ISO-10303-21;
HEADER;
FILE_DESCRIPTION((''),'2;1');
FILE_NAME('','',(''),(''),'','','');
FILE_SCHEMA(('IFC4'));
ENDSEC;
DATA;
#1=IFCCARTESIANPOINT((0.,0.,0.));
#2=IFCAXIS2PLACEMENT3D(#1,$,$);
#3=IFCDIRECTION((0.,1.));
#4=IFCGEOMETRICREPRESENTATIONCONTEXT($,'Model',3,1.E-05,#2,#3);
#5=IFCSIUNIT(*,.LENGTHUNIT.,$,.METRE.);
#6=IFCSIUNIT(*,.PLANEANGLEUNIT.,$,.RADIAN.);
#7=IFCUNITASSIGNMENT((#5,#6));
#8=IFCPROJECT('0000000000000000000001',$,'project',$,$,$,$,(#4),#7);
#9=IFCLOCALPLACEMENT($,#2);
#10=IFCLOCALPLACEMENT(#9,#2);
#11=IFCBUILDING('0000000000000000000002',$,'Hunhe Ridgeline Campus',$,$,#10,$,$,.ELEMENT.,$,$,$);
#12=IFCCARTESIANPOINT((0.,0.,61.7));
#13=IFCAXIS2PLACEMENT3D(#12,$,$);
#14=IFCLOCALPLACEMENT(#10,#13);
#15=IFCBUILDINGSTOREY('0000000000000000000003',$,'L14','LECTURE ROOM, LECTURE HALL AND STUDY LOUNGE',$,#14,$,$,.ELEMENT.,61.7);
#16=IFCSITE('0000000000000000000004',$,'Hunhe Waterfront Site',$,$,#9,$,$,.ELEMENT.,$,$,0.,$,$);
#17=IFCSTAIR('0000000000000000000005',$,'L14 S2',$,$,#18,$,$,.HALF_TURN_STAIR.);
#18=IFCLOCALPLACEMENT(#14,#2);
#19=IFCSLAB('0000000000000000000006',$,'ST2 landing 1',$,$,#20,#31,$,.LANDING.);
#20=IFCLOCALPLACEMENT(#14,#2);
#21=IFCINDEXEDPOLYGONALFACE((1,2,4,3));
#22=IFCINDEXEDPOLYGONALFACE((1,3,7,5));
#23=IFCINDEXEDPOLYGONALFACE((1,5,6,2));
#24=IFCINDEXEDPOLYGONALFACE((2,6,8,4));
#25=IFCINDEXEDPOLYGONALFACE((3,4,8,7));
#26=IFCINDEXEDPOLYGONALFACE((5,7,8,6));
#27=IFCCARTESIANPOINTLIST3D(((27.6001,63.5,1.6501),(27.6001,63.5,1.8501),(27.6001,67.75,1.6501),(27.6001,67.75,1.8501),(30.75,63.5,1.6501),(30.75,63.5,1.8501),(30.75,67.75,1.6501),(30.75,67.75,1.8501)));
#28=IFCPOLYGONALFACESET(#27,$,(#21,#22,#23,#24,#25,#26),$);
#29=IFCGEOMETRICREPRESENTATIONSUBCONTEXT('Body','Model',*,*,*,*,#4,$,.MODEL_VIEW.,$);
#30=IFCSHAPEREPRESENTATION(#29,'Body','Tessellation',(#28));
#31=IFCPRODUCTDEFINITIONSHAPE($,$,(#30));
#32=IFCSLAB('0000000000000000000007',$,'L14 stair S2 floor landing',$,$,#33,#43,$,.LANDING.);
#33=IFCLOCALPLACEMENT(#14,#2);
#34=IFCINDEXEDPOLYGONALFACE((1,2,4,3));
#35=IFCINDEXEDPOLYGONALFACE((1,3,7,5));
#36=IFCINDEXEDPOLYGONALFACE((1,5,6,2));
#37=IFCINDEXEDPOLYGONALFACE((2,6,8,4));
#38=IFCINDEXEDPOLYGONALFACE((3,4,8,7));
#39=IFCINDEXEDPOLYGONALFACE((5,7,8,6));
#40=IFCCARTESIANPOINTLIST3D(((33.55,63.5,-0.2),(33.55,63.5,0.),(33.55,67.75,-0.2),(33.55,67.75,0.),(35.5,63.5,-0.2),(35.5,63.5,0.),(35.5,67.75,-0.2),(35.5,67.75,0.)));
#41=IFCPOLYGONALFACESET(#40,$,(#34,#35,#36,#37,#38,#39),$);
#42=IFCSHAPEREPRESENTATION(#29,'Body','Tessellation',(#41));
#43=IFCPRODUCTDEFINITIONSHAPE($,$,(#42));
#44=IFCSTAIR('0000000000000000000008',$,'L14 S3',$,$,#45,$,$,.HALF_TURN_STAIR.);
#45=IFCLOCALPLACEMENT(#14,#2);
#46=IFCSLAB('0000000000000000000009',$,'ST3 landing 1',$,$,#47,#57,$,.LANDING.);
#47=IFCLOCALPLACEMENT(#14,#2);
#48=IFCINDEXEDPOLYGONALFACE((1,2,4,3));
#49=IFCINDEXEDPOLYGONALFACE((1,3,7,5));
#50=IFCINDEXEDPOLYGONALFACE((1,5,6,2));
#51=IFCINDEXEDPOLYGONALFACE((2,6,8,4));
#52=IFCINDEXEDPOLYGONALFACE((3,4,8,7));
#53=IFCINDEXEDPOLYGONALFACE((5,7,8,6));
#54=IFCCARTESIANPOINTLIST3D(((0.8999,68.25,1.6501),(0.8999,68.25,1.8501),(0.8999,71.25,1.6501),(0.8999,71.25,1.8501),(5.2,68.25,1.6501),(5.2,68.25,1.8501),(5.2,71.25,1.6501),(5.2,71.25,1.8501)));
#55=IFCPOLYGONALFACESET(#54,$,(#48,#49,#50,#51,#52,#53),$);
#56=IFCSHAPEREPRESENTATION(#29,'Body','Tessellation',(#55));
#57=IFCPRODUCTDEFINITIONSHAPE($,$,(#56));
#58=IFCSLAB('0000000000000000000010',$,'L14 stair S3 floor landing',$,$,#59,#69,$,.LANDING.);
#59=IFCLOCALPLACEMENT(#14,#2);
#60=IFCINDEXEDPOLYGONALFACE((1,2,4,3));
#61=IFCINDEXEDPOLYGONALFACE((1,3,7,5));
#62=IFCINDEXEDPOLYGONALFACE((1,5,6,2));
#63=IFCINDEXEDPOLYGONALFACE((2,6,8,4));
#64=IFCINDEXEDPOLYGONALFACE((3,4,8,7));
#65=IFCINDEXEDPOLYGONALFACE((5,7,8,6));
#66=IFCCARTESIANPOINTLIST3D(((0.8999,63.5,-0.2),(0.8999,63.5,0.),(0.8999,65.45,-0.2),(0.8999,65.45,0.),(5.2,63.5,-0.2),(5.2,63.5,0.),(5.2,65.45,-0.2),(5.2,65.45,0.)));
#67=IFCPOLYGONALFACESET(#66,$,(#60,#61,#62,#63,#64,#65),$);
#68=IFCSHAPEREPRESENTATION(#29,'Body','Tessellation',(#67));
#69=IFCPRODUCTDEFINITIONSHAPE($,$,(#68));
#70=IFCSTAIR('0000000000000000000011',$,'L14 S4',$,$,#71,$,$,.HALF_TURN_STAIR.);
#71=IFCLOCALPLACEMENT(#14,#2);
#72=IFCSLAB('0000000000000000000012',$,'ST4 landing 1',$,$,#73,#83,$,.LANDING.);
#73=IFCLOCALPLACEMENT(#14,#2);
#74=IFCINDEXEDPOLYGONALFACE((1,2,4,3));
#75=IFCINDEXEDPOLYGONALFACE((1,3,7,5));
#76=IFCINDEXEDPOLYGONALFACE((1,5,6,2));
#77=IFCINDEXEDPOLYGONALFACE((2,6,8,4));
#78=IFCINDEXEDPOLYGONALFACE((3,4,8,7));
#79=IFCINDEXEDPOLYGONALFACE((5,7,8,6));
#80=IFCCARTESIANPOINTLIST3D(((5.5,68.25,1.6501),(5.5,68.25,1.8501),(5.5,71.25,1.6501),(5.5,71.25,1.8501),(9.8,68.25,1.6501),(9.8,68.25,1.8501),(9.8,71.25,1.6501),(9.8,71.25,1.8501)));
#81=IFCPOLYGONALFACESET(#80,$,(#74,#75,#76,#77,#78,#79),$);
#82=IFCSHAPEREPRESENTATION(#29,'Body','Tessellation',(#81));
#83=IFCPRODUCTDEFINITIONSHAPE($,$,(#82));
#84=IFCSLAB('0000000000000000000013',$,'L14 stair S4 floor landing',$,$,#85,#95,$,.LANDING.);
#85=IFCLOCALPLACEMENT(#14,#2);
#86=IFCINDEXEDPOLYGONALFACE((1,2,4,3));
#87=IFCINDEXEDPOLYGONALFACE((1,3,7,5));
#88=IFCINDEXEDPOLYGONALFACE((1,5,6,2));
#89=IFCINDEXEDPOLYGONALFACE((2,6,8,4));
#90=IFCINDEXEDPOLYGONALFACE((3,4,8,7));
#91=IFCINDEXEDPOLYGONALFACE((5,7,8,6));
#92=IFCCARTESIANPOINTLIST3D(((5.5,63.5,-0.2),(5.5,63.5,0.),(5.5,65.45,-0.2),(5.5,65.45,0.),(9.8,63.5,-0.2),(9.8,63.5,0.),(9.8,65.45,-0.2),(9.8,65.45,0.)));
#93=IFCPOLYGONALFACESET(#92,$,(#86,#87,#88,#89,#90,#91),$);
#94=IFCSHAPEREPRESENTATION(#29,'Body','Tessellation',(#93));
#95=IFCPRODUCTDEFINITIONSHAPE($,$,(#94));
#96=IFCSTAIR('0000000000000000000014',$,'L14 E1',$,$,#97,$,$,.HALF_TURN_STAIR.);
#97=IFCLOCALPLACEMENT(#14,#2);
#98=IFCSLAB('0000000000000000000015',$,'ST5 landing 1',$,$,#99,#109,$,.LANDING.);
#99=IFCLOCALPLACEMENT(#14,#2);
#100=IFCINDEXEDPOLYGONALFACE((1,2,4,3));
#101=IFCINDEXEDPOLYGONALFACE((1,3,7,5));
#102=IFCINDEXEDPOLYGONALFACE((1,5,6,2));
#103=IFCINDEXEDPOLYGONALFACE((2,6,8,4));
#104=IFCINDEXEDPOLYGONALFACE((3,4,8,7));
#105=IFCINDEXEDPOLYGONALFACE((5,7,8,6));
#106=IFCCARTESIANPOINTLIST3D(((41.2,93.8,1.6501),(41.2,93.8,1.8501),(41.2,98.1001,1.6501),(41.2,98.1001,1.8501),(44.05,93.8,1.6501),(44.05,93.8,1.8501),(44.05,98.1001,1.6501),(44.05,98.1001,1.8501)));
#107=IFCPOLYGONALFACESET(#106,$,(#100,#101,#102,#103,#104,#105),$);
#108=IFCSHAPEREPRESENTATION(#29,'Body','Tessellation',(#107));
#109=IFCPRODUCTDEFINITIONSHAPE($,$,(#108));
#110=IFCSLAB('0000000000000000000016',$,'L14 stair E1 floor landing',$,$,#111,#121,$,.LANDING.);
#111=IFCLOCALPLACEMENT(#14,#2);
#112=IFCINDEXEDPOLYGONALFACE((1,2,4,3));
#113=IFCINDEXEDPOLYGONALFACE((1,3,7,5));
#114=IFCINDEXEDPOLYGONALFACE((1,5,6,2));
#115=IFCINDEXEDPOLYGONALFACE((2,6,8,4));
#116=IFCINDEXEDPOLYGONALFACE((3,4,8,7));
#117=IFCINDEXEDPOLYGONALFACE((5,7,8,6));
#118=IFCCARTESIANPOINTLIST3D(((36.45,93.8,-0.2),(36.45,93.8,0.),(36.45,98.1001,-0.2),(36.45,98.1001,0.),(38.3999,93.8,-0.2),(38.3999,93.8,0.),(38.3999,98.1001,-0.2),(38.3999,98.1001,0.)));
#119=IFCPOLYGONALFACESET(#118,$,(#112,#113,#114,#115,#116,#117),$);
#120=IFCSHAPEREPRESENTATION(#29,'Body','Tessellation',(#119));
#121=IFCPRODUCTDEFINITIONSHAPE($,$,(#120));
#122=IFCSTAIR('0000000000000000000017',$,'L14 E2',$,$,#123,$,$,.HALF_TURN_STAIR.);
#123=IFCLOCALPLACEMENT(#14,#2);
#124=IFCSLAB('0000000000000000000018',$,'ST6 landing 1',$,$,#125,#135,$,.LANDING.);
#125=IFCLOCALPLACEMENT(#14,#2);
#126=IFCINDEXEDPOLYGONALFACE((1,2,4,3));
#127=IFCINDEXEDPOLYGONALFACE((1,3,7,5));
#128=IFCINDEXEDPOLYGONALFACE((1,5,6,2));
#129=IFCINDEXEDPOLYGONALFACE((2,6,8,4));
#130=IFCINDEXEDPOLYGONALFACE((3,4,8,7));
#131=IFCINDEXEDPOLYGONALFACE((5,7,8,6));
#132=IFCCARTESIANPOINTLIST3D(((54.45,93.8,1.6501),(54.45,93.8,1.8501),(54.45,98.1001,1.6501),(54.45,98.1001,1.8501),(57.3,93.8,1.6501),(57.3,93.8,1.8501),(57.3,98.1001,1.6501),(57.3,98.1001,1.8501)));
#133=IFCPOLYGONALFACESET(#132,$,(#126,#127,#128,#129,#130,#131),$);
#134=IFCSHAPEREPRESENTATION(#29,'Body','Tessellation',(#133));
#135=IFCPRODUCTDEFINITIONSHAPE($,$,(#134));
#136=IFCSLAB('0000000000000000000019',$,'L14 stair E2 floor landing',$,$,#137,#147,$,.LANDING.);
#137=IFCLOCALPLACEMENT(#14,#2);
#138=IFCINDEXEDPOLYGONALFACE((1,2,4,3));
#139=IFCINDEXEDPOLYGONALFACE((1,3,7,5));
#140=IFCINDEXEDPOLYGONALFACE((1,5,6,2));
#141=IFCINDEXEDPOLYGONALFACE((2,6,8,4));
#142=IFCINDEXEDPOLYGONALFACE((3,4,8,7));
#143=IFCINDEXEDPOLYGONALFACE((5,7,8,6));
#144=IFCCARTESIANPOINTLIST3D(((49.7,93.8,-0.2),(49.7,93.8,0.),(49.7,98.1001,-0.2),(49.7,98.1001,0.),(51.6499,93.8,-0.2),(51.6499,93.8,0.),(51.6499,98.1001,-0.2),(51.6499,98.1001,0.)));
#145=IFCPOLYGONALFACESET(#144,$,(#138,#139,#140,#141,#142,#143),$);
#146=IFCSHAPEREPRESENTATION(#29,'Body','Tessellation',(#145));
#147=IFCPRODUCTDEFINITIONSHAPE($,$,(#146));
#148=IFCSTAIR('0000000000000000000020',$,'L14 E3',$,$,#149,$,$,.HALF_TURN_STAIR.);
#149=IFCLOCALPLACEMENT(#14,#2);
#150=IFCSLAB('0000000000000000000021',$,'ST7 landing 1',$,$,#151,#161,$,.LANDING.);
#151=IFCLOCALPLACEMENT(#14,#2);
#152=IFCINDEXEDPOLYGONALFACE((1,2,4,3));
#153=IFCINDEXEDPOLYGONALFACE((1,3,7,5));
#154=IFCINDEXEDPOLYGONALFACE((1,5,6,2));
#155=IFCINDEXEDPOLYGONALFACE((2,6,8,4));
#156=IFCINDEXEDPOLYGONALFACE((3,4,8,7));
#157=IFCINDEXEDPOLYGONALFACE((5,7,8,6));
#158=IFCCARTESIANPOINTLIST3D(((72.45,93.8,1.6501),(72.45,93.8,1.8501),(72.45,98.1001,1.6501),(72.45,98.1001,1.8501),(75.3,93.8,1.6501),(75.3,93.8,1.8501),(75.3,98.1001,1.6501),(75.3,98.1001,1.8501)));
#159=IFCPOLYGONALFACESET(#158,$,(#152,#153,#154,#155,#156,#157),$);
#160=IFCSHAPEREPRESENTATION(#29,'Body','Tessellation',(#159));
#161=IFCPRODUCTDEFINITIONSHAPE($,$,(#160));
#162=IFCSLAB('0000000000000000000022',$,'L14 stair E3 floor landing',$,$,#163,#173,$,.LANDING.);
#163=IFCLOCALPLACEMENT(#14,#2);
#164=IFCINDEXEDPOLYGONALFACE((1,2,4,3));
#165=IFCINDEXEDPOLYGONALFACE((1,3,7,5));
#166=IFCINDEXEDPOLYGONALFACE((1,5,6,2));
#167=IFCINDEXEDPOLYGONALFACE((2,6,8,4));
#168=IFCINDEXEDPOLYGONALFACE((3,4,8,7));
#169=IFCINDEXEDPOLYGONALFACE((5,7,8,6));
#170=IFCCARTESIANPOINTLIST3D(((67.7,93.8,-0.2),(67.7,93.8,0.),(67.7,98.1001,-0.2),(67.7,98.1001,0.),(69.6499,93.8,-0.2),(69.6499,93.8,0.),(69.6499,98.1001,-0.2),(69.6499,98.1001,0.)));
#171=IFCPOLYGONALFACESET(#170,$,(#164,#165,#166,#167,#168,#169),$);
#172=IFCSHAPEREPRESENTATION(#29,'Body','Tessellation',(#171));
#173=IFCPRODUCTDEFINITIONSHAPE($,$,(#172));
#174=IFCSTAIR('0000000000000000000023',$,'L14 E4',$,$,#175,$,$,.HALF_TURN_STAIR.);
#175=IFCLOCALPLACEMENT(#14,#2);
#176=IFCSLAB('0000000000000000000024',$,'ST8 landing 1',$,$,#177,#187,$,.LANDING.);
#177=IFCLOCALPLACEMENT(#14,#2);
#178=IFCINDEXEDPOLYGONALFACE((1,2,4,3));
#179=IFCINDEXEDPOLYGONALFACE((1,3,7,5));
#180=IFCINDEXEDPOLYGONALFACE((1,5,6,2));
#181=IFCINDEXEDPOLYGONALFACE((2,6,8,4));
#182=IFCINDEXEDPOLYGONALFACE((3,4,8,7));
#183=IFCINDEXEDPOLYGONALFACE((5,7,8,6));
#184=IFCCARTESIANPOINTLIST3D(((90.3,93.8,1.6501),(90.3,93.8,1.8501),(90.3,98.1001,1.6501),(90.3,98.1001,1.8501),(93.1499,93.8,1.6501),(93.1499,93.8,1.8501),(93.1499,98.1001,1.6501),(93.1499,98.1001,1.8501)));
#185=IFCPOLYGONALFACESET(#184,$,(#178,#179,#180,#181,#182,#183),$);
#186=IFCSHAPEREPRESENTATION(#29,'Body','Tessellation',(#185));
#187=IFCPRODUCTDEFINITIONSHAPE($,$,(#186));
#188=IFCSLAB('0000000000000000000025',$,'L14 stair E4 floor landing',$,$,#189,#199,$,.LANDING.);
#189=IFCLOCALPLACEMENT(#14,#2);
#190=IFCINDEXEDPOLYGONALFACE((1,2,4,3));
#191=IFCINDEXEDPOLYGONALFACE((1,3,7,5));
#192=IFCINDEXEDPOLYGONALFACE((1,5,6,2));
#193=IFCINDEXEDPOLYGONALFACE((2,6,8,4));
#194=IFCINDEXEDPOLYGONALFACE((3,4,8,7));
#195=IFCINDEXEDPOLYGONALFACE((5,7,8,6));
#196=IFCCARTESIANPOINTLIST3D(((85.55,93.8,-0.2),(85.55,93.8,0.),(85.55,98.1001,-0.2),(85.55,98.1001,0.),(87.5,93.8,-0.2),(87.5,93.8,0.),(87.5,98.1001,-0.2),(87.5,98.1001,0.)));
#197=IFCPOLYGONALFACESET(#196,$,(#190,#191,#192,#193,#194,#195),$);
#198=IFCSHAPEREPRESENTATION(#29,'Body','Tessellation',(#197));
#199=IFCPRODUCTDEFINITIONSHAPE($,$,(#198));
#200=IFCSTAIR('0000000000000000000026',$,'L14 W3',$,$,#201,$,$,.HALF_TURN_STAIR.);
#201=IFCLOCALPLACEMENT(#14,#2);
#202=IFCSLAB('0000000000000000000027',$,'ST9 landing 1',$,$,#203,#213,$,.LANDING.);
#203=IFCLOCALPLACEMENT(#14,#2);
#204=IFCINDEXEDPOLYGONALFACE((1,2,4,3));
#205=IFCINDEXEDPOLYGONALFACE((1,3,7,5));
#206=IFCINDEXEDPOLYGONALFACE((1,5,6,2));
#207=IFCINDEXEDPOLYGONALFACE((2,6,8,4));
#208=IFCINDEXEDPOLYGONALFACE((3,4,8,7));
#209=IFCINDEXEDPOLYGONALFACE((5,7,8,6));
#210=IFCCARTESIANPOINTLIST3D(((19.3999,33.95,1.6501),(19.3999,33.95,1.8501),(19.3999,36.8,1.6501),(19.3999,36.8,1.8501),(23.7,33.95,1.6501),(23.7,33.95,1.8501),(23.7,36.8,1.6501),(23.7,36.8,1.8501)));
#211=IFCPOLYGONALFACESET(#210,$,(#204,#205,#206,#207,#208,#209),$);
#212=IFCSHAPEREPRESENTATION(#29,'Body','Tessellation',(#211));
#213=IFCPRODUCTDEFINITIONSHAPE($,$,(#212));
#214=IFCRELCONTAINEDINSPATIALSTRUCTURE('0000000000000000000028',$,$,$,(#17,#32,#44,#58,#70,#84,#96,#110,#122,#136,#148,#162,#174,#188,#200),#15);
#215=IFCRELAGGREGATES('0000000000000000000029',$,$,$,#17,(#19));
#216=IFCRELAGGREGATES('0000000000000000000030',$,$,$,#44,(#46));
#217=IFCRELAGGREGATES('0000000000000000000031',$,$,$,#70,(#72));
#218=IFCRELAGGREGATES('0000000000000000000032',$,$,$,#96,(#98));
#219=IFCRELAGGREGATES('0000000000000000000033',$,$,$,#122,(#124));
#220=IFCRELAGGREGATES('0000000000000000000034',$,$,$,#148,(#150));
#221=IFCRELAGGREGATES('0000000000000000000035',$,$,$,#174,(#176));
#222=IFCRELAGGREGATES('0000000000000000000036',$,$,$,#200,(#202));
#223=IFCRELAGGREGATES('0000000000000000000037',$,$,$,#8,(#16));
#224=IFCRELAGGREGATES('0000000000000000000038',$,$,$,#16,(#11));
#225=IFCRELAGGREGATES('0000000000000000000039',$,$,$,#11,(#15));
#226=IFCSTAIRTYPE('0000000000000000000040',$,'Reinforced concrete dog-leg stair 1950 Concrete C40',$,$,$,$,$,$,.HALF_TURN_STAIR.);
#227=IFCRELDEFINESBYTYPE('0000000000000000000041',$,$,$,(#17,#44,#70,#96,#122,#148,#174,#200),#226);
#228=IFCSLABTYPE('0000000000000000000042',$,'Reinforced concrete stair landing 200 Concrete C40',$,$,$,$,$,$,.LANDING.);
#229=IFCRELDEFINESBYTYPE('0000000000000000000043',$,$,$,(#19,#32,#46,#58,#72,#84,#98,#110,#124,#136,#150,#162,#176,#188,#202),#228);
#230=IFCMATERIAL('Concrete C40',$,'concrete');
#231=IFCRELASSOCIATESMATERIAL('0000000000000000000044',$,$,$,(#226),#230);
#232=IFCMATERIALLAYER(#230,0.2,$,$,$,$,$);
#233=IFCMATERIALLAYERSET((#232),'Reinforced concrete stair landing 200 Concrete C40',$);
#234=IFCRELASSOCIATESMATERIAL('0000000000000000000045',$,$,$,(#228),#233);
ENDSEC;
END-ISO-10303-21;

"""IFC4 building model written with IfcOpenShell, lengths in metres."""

from ifc_helpers import new_model, si_unit, direction, frame, origin, place, context, subcontext, project, spatial, polyline, outline, extrude, material, layer, layer_set, type_object, element, aggregate, save


model = new_model("IFC4")

# Units and contexts
model_context = context("Model", 3, precision=1e-05, world=origin(), true_north=direction((0.0, 1.0)))
body_context = subcontext(model_context, "Body", "Model", "MODEL_VIEW")
ifc_project = project(units=[si_unit("LENGTHUNIT", "METRE"), si_unit("PLANEANGLEUNIT", "RADIAN")], contexts=[model_context])

# Site, building, storey
site_placement = place(None, origin())
site = spatial("IfcSite", under=ifc_project, at=site_placement, Name="Hunhe Waterfront Site", CompositionType="ELEMENT", RefElevation=0.0)
building_placement = place(site_placement, origin())
building = spatial("IfcBuilding", under=site, at=building_placement, Name="Hunhe Ridgeline Campus", CompositionType="ELEMENT")
storey_placement = place(building_placement, frame((0.0, 0.0, 61.7)))
storey = spatial("IfcBuildingStorey", under=building, at=storey_placement, Name="L14", Description="LECTURE ROOM, LECTURE HALL AND STUDY LOUNGE", CompositionType="ELEMENT", Elevation=61.7)

# Shared definitions
ifc_material_1 = material(Name="Concrete C40", Category="concrete")

# Shared definitions
stair_type = type_object("IfcStairType", Name="Reinforced concrete dog-leg stair 1950 Concrete C40", PredefinedType="HALF_TURN_STAIR", material=ifc_material_1)
ifc_layer_1 = layer(ifc_material_1, 0.2)
ifc_layer_set_1 = layer_set([ifc_layer_1], Name="Reinforced concrete stair landing 200 Concrete C40")
slab_type_1 = type_object("IfcSlabType", Name="Reinforced concrete stair landing 200 Concrete C40", PredefinedType="LANDING", material=ifc_layer_set_1)

# Stair, slab
stair_1_placement = place(storey_placement, origin())
stair_1 = element("IfcStair", 1, at=stair_1_placement, inside=storey, type_object=stair_type, Name="L14 S2", PredefinedType="HALF_TURN_STAIR")
slab_1_placement = place(storey_placement, frame((0.0, 0.0, 1.6501)))
slab_1 = element("IfcSlab", 2, at=slab_1_placement, type_object=slab_type_1, Name="ST2 landing 1", PredefinedType="LANDING", context=body_context, shape_type="SweptSolid", body=[
    extrude(outline(polyline([(30.75, 67.75), (27.6001, 67.75), (27.6001, 63.5), (30.75, 63.5), (30.75, 67.75)])), origin(), (0.0, 0.0, 1.0), 0.2),
])
aggregate(stair_1, [slab_1])

# Slab
slab_2_placement = place(storey_placement, frame((0.0, 0.0, -0.2)))
element("IfcSlab", 3, at=slab_2_placement, inside=storey, type_object=slab_type_1, Name="L14 stair S2 floor landing", PredefinedType="LANDING", context=body_context, shape_type="SweptSolid", body=[
    extrude(outline(polyline([(35.5, 67.75), (33.55, 67.75), (33.55, 63.5), (35.5, 63.5), (35.5, 67.75)])), origin(), (0.0, 0.0, 1.0), 0.2),
])

# Stair, slab
stair_2_placement = place(storey_placement, origin())
stair_2 = element("IfcStair", 4, at=stair_2_placement, inside=storey, type_object=stair_type, Name="L14 S3", PredefinedType="HALF_TURN_STAIR")
slab_3_placement = place(storey_placement, frame((0.0, 0.0, 1.6501)))
slab_3 = element("IfcSlab", 5, at=slab_3_placement, type_object=slab_type_1, Name="ST3 landing 1", PredefinedType="LANDING", context=body_context, shape_type="SweptSolid", body=[
    extrude(outline(polyline([(5.2, 68.25), (5.2, 71.25), (0.8999, 71.25), (0.8999, 68.25), (5.2, 68.25)])), origin(), (0.0, 0.0, 1.0), 0.2),
])
aggregate(stair_2, [slab_3])

# Slab
slab_4_placement = place(storey_placement, frame((0.0, 0.0, -0.2)))
element("IfcSlab", 6, at=slab_4_placement, inside=storey, type_object=slab_type_1, Name="L14 stair S3 floor landing", PredefinedType="LANDING", context=body_context, shape_type="SweptSolid", body=[
    extrude(outline(polyline([(5.2, 63.5), (5.2, 65.45), (0.8999, 65.45), (0.8999, 63.5), (5.2, 63.5)])), origin(), (0.0, 0.0, 1.0), 0.2),
])

# Stair, slab
stair_3_placement = place(storey_placement, origin())
stair_3 = element("IfcStair", 7, at=stair_3_placement, inside=storey, type_object=stair_type, Name="L14 S4", PredefinedType="HALF_TURN_STAIR")
slab_5_placement = place(storey_placement, frame((0.0, 0.0, 1.6501)))
slab_5 = element("IfcSlab", 8, at=slab_5_placement, type_object=slab_type_1, Name="ST4 landing 1", PredefinedType="LANDING", context=body_context, shape_type="SweptSolid", body=[
    extrude(outline(polyline([(9.8, 68.25), (9.8, 71.25), (5.5, 71.25), (5.5, 68.25), (9.8, 68.25)])), origin(), (0.0, 0.0, 1.0), 0.2),
])
aggregate(stair_3, [slab_5])

# Slab
slab_6_placement = place(storey_placement, frame((0.0, 0.0, -0.2)))
element("IfcSlab", 9, at=slab_6_placement, inside=storey, type_object=slab_type_1, Name="L14 stair S4 floor landing", PredefinedType="LANDING", context=body_context, shape_type="SweptSolid", body=[
    extrude(outline(polyline([(9.8, 63.5), (9.8, 65.45), (5.5, 65.45), (5.5, 63.5), (9.8, 63.5)])), origin(), (0.0, 0.0, 1.0), 0.2),
])

# Stair, slab
stair_4_placement = place(storey_placement, origin())
stair_4 = element("IfcStair", 10, at=stair_4_placement, inside=storey, type_object=stair_type, Name="L14 E1", PredefinedType="HALF_TURN_STAIR")
slab_7_placement = place(storey_placement, frame((0.0, 0.0, 1.6501)))
slab_7 = element("IfcSlab", 11, at=slab_7_placement, type_object=slab_type_1, Name="ST5 landing 1", PredefinedType="LANDING", context=body_context, shape_type="SweptSolid", body=[
    extrude(outline(polyline([(41.2, 93.8), (44.05, 93.8), (44.05, 98.1001), (41.2, 98.1001), (41.2, 93.8)])), origin(), (0.0, 0.0, 1.0), 0.2),
])
aggregate(stair_4, [slab_7])

# Slab
slab_8_placement = place(storey_placement, frame((0.0, 0.0, -0.2)))
element("IfcSlab", 12, at=slab_8_placement, inside=storey, type_object=slab_type_1, Name="L14 stair E1 floor landing", PredefinedType="LANDING", context=body_context, shape_type="SweptSolid", body=[
    extrude(outline(polyline([(36.45, 93.8), (38.3999, 93.8), (38.3999, 98.1001), (36.45, 98.1001), (36.45, 93.8)])), origin(), (0.0, 0.0, 1.0), 0.2),
])

# Stair, slab
stair_5_placement = place(storey_placement, origin())
stair_5 = element("IfcStair", 13, at=stair_5_placement, inside=storey, type_object=stair_type, Name="L14 E2", PredefinedType="HALF_TURN_STAIR")
slab_9_placement = place(storey_placement, frame((0.0, 0.0, 1.6501)))
slab_9 = element("IfcSlab", 14, at=slab_9_placement, type_object=slab_type_1, Name="ST6 landing 1", PredefinedType="LANDING", context=body_context, shape_type="SweptSolid", body=[
    extrude(outline(polyline([(54.45, 93.8), (57.3, 93.8), (57.3, 98.1001), (54.45, 98.1001), (54.45, 93.8)])), origin(), (0.0, 0.0, 1.0), 0.2),
])
aggregate(stair_5, [slab_9])

# Slab
slab_10_placement = place(storey_placement, frame((0.0, 0.0, -0.2)))
element("IfcSlab", 15, at=slab_10_placement, inside=storey, type_object=slab_type_1, Name="L14 stair E2 floor landing", PredefinedType="LANDING", context=body_context, shape_type="SweptSolid", body=[
    extrude(outline(polyline([(49.7, 93.8), (51.6499, 93.8), (51.6499, 98.1001), (49.7, 98.1001), (49.7, 93.8)])), origin(), (0.0, 0.0, 1.0), 0.2),
])

# Stair, slab
stair_6_placement = place(storey_placement, origin())
stair_6 = element("IfcStair", 16, at=stair_6_placement, inside=storey, type_object=stair_type, Name="L14 E3", PredefinedType="HALF_TURN_STAIR")
slab_11_placement = place(storey_placement, frame((0.0, 0.0, 1.6501)))
slab_11 = element("IfcSlab", 17, at=slab_11_placement, type_object=slab_type_1, Name="ST7 landing 1", PredefinedType="LANDING", context=body_context, shape_type="SweptSolid", body=[
    extrude(outline(polyline([(72.45, 93.8), (75.3, 93.8), (75.3, 98.1001), (72.45, 98.1001), (72.45, 93.8)])), origin(), (0.0, 0.0, 1.0), 0.2),
])
aggregate(stair_6, [slab_11])

# Slab
slab_12_placement = place(storey_placement, frame((0.0, 0.0, -0.2)))
element("IfcSlab", 18, at=slab_12_placement, inside=storey, type_object=slab_type_1, Name="L14 stair E3 floor landing", PredefinedType="LANDING", context=body_context, shape_type="SweptSolid", body=[
    extrude(outline(polyline([(67.7, 93.8), (69.6499, 93.8), (69.6499, 98.1001), (67.7, 98.1001), (67.7, 93.8)])), origin(), (0.0, 0.0, 1.0), 0.2),
])

# Stair, slab
stair_7_placement = place(storey_placement, origin())
stair_7 = element("IfcStair", 19, at=stair_7_placement, inside=storey, type_object=stair_type, Name="L14 E4", PredefinedType="HALF_TURN_STAIR")
slab_13_placement = place(storey_placement, frame((0.0, 0.0, 1.6501)))
slab_13 = element("IfcSlab", 20, at=slab_13_placement, type_object=slab_type_1, Name="ST8 landing 1", PredefinedType="LANDING", context=body_context, shape_type="SweptSolid", body=[
    extrude(outline(polyline([(90.3, 93.8), (93.1499, 93.8), (93.1499, 98.1001), (90.3, 98.1001), (90.3, 93.8)])), origin(), (0.0, 0.0, 1.0), 0.2),
])
aggregate(stair_7, [slab_13])

# Slab
slab_14_placement = place(storey_placement, frame((0.0, 0.0, -0.2)))
element("IfcSlab", 21, at=slab_14_placement, inside=storey, type_object=slab_type_1, Name="L14 stair E4 floor landing", PredefinedType="LANDING", context=body_context, shape_type="SweptSolid", body=[
    extrude(outline(polyline([(85.55, 93.8), (87.5, 93.8), (87.5, 98.1001), (85.55, 98.1001), (85.55, 93.8)])), origin(), (0.0, 0.0, 1.0), 0.2),
])

# Stair, slab
stair_8_placement = place(storey_placement, origin())
stair_8 = element("IfcStair", 22, at=stair_8_placement, inside=storey, type_object=stair_type, Name="L14 W3", PredefinedType="HALF_TURN_STAIR")
slab_15_placement = place(storey_placement, frame((0.0, 0.0, 1.6501)))
slab_15 = element("IfcSlab", 23, at=slab_15_placement, type_object=slab_type_1, Name="ST9 landing 1", PredefinedType="LANDING", context=body_context, shape_type="SweptSolid", body=[
    extrude(outline(polyline([(23.7, 33.95), (23.7, 36.8), (19.3999, 36.8), (19.3999, 33.95), (23.7, 33.95)])), origin(), (0.0, 0.0, 1.0), 0.2),
])
aggregate(stair_8, [slab_15])

save(model, "model.ifc")
